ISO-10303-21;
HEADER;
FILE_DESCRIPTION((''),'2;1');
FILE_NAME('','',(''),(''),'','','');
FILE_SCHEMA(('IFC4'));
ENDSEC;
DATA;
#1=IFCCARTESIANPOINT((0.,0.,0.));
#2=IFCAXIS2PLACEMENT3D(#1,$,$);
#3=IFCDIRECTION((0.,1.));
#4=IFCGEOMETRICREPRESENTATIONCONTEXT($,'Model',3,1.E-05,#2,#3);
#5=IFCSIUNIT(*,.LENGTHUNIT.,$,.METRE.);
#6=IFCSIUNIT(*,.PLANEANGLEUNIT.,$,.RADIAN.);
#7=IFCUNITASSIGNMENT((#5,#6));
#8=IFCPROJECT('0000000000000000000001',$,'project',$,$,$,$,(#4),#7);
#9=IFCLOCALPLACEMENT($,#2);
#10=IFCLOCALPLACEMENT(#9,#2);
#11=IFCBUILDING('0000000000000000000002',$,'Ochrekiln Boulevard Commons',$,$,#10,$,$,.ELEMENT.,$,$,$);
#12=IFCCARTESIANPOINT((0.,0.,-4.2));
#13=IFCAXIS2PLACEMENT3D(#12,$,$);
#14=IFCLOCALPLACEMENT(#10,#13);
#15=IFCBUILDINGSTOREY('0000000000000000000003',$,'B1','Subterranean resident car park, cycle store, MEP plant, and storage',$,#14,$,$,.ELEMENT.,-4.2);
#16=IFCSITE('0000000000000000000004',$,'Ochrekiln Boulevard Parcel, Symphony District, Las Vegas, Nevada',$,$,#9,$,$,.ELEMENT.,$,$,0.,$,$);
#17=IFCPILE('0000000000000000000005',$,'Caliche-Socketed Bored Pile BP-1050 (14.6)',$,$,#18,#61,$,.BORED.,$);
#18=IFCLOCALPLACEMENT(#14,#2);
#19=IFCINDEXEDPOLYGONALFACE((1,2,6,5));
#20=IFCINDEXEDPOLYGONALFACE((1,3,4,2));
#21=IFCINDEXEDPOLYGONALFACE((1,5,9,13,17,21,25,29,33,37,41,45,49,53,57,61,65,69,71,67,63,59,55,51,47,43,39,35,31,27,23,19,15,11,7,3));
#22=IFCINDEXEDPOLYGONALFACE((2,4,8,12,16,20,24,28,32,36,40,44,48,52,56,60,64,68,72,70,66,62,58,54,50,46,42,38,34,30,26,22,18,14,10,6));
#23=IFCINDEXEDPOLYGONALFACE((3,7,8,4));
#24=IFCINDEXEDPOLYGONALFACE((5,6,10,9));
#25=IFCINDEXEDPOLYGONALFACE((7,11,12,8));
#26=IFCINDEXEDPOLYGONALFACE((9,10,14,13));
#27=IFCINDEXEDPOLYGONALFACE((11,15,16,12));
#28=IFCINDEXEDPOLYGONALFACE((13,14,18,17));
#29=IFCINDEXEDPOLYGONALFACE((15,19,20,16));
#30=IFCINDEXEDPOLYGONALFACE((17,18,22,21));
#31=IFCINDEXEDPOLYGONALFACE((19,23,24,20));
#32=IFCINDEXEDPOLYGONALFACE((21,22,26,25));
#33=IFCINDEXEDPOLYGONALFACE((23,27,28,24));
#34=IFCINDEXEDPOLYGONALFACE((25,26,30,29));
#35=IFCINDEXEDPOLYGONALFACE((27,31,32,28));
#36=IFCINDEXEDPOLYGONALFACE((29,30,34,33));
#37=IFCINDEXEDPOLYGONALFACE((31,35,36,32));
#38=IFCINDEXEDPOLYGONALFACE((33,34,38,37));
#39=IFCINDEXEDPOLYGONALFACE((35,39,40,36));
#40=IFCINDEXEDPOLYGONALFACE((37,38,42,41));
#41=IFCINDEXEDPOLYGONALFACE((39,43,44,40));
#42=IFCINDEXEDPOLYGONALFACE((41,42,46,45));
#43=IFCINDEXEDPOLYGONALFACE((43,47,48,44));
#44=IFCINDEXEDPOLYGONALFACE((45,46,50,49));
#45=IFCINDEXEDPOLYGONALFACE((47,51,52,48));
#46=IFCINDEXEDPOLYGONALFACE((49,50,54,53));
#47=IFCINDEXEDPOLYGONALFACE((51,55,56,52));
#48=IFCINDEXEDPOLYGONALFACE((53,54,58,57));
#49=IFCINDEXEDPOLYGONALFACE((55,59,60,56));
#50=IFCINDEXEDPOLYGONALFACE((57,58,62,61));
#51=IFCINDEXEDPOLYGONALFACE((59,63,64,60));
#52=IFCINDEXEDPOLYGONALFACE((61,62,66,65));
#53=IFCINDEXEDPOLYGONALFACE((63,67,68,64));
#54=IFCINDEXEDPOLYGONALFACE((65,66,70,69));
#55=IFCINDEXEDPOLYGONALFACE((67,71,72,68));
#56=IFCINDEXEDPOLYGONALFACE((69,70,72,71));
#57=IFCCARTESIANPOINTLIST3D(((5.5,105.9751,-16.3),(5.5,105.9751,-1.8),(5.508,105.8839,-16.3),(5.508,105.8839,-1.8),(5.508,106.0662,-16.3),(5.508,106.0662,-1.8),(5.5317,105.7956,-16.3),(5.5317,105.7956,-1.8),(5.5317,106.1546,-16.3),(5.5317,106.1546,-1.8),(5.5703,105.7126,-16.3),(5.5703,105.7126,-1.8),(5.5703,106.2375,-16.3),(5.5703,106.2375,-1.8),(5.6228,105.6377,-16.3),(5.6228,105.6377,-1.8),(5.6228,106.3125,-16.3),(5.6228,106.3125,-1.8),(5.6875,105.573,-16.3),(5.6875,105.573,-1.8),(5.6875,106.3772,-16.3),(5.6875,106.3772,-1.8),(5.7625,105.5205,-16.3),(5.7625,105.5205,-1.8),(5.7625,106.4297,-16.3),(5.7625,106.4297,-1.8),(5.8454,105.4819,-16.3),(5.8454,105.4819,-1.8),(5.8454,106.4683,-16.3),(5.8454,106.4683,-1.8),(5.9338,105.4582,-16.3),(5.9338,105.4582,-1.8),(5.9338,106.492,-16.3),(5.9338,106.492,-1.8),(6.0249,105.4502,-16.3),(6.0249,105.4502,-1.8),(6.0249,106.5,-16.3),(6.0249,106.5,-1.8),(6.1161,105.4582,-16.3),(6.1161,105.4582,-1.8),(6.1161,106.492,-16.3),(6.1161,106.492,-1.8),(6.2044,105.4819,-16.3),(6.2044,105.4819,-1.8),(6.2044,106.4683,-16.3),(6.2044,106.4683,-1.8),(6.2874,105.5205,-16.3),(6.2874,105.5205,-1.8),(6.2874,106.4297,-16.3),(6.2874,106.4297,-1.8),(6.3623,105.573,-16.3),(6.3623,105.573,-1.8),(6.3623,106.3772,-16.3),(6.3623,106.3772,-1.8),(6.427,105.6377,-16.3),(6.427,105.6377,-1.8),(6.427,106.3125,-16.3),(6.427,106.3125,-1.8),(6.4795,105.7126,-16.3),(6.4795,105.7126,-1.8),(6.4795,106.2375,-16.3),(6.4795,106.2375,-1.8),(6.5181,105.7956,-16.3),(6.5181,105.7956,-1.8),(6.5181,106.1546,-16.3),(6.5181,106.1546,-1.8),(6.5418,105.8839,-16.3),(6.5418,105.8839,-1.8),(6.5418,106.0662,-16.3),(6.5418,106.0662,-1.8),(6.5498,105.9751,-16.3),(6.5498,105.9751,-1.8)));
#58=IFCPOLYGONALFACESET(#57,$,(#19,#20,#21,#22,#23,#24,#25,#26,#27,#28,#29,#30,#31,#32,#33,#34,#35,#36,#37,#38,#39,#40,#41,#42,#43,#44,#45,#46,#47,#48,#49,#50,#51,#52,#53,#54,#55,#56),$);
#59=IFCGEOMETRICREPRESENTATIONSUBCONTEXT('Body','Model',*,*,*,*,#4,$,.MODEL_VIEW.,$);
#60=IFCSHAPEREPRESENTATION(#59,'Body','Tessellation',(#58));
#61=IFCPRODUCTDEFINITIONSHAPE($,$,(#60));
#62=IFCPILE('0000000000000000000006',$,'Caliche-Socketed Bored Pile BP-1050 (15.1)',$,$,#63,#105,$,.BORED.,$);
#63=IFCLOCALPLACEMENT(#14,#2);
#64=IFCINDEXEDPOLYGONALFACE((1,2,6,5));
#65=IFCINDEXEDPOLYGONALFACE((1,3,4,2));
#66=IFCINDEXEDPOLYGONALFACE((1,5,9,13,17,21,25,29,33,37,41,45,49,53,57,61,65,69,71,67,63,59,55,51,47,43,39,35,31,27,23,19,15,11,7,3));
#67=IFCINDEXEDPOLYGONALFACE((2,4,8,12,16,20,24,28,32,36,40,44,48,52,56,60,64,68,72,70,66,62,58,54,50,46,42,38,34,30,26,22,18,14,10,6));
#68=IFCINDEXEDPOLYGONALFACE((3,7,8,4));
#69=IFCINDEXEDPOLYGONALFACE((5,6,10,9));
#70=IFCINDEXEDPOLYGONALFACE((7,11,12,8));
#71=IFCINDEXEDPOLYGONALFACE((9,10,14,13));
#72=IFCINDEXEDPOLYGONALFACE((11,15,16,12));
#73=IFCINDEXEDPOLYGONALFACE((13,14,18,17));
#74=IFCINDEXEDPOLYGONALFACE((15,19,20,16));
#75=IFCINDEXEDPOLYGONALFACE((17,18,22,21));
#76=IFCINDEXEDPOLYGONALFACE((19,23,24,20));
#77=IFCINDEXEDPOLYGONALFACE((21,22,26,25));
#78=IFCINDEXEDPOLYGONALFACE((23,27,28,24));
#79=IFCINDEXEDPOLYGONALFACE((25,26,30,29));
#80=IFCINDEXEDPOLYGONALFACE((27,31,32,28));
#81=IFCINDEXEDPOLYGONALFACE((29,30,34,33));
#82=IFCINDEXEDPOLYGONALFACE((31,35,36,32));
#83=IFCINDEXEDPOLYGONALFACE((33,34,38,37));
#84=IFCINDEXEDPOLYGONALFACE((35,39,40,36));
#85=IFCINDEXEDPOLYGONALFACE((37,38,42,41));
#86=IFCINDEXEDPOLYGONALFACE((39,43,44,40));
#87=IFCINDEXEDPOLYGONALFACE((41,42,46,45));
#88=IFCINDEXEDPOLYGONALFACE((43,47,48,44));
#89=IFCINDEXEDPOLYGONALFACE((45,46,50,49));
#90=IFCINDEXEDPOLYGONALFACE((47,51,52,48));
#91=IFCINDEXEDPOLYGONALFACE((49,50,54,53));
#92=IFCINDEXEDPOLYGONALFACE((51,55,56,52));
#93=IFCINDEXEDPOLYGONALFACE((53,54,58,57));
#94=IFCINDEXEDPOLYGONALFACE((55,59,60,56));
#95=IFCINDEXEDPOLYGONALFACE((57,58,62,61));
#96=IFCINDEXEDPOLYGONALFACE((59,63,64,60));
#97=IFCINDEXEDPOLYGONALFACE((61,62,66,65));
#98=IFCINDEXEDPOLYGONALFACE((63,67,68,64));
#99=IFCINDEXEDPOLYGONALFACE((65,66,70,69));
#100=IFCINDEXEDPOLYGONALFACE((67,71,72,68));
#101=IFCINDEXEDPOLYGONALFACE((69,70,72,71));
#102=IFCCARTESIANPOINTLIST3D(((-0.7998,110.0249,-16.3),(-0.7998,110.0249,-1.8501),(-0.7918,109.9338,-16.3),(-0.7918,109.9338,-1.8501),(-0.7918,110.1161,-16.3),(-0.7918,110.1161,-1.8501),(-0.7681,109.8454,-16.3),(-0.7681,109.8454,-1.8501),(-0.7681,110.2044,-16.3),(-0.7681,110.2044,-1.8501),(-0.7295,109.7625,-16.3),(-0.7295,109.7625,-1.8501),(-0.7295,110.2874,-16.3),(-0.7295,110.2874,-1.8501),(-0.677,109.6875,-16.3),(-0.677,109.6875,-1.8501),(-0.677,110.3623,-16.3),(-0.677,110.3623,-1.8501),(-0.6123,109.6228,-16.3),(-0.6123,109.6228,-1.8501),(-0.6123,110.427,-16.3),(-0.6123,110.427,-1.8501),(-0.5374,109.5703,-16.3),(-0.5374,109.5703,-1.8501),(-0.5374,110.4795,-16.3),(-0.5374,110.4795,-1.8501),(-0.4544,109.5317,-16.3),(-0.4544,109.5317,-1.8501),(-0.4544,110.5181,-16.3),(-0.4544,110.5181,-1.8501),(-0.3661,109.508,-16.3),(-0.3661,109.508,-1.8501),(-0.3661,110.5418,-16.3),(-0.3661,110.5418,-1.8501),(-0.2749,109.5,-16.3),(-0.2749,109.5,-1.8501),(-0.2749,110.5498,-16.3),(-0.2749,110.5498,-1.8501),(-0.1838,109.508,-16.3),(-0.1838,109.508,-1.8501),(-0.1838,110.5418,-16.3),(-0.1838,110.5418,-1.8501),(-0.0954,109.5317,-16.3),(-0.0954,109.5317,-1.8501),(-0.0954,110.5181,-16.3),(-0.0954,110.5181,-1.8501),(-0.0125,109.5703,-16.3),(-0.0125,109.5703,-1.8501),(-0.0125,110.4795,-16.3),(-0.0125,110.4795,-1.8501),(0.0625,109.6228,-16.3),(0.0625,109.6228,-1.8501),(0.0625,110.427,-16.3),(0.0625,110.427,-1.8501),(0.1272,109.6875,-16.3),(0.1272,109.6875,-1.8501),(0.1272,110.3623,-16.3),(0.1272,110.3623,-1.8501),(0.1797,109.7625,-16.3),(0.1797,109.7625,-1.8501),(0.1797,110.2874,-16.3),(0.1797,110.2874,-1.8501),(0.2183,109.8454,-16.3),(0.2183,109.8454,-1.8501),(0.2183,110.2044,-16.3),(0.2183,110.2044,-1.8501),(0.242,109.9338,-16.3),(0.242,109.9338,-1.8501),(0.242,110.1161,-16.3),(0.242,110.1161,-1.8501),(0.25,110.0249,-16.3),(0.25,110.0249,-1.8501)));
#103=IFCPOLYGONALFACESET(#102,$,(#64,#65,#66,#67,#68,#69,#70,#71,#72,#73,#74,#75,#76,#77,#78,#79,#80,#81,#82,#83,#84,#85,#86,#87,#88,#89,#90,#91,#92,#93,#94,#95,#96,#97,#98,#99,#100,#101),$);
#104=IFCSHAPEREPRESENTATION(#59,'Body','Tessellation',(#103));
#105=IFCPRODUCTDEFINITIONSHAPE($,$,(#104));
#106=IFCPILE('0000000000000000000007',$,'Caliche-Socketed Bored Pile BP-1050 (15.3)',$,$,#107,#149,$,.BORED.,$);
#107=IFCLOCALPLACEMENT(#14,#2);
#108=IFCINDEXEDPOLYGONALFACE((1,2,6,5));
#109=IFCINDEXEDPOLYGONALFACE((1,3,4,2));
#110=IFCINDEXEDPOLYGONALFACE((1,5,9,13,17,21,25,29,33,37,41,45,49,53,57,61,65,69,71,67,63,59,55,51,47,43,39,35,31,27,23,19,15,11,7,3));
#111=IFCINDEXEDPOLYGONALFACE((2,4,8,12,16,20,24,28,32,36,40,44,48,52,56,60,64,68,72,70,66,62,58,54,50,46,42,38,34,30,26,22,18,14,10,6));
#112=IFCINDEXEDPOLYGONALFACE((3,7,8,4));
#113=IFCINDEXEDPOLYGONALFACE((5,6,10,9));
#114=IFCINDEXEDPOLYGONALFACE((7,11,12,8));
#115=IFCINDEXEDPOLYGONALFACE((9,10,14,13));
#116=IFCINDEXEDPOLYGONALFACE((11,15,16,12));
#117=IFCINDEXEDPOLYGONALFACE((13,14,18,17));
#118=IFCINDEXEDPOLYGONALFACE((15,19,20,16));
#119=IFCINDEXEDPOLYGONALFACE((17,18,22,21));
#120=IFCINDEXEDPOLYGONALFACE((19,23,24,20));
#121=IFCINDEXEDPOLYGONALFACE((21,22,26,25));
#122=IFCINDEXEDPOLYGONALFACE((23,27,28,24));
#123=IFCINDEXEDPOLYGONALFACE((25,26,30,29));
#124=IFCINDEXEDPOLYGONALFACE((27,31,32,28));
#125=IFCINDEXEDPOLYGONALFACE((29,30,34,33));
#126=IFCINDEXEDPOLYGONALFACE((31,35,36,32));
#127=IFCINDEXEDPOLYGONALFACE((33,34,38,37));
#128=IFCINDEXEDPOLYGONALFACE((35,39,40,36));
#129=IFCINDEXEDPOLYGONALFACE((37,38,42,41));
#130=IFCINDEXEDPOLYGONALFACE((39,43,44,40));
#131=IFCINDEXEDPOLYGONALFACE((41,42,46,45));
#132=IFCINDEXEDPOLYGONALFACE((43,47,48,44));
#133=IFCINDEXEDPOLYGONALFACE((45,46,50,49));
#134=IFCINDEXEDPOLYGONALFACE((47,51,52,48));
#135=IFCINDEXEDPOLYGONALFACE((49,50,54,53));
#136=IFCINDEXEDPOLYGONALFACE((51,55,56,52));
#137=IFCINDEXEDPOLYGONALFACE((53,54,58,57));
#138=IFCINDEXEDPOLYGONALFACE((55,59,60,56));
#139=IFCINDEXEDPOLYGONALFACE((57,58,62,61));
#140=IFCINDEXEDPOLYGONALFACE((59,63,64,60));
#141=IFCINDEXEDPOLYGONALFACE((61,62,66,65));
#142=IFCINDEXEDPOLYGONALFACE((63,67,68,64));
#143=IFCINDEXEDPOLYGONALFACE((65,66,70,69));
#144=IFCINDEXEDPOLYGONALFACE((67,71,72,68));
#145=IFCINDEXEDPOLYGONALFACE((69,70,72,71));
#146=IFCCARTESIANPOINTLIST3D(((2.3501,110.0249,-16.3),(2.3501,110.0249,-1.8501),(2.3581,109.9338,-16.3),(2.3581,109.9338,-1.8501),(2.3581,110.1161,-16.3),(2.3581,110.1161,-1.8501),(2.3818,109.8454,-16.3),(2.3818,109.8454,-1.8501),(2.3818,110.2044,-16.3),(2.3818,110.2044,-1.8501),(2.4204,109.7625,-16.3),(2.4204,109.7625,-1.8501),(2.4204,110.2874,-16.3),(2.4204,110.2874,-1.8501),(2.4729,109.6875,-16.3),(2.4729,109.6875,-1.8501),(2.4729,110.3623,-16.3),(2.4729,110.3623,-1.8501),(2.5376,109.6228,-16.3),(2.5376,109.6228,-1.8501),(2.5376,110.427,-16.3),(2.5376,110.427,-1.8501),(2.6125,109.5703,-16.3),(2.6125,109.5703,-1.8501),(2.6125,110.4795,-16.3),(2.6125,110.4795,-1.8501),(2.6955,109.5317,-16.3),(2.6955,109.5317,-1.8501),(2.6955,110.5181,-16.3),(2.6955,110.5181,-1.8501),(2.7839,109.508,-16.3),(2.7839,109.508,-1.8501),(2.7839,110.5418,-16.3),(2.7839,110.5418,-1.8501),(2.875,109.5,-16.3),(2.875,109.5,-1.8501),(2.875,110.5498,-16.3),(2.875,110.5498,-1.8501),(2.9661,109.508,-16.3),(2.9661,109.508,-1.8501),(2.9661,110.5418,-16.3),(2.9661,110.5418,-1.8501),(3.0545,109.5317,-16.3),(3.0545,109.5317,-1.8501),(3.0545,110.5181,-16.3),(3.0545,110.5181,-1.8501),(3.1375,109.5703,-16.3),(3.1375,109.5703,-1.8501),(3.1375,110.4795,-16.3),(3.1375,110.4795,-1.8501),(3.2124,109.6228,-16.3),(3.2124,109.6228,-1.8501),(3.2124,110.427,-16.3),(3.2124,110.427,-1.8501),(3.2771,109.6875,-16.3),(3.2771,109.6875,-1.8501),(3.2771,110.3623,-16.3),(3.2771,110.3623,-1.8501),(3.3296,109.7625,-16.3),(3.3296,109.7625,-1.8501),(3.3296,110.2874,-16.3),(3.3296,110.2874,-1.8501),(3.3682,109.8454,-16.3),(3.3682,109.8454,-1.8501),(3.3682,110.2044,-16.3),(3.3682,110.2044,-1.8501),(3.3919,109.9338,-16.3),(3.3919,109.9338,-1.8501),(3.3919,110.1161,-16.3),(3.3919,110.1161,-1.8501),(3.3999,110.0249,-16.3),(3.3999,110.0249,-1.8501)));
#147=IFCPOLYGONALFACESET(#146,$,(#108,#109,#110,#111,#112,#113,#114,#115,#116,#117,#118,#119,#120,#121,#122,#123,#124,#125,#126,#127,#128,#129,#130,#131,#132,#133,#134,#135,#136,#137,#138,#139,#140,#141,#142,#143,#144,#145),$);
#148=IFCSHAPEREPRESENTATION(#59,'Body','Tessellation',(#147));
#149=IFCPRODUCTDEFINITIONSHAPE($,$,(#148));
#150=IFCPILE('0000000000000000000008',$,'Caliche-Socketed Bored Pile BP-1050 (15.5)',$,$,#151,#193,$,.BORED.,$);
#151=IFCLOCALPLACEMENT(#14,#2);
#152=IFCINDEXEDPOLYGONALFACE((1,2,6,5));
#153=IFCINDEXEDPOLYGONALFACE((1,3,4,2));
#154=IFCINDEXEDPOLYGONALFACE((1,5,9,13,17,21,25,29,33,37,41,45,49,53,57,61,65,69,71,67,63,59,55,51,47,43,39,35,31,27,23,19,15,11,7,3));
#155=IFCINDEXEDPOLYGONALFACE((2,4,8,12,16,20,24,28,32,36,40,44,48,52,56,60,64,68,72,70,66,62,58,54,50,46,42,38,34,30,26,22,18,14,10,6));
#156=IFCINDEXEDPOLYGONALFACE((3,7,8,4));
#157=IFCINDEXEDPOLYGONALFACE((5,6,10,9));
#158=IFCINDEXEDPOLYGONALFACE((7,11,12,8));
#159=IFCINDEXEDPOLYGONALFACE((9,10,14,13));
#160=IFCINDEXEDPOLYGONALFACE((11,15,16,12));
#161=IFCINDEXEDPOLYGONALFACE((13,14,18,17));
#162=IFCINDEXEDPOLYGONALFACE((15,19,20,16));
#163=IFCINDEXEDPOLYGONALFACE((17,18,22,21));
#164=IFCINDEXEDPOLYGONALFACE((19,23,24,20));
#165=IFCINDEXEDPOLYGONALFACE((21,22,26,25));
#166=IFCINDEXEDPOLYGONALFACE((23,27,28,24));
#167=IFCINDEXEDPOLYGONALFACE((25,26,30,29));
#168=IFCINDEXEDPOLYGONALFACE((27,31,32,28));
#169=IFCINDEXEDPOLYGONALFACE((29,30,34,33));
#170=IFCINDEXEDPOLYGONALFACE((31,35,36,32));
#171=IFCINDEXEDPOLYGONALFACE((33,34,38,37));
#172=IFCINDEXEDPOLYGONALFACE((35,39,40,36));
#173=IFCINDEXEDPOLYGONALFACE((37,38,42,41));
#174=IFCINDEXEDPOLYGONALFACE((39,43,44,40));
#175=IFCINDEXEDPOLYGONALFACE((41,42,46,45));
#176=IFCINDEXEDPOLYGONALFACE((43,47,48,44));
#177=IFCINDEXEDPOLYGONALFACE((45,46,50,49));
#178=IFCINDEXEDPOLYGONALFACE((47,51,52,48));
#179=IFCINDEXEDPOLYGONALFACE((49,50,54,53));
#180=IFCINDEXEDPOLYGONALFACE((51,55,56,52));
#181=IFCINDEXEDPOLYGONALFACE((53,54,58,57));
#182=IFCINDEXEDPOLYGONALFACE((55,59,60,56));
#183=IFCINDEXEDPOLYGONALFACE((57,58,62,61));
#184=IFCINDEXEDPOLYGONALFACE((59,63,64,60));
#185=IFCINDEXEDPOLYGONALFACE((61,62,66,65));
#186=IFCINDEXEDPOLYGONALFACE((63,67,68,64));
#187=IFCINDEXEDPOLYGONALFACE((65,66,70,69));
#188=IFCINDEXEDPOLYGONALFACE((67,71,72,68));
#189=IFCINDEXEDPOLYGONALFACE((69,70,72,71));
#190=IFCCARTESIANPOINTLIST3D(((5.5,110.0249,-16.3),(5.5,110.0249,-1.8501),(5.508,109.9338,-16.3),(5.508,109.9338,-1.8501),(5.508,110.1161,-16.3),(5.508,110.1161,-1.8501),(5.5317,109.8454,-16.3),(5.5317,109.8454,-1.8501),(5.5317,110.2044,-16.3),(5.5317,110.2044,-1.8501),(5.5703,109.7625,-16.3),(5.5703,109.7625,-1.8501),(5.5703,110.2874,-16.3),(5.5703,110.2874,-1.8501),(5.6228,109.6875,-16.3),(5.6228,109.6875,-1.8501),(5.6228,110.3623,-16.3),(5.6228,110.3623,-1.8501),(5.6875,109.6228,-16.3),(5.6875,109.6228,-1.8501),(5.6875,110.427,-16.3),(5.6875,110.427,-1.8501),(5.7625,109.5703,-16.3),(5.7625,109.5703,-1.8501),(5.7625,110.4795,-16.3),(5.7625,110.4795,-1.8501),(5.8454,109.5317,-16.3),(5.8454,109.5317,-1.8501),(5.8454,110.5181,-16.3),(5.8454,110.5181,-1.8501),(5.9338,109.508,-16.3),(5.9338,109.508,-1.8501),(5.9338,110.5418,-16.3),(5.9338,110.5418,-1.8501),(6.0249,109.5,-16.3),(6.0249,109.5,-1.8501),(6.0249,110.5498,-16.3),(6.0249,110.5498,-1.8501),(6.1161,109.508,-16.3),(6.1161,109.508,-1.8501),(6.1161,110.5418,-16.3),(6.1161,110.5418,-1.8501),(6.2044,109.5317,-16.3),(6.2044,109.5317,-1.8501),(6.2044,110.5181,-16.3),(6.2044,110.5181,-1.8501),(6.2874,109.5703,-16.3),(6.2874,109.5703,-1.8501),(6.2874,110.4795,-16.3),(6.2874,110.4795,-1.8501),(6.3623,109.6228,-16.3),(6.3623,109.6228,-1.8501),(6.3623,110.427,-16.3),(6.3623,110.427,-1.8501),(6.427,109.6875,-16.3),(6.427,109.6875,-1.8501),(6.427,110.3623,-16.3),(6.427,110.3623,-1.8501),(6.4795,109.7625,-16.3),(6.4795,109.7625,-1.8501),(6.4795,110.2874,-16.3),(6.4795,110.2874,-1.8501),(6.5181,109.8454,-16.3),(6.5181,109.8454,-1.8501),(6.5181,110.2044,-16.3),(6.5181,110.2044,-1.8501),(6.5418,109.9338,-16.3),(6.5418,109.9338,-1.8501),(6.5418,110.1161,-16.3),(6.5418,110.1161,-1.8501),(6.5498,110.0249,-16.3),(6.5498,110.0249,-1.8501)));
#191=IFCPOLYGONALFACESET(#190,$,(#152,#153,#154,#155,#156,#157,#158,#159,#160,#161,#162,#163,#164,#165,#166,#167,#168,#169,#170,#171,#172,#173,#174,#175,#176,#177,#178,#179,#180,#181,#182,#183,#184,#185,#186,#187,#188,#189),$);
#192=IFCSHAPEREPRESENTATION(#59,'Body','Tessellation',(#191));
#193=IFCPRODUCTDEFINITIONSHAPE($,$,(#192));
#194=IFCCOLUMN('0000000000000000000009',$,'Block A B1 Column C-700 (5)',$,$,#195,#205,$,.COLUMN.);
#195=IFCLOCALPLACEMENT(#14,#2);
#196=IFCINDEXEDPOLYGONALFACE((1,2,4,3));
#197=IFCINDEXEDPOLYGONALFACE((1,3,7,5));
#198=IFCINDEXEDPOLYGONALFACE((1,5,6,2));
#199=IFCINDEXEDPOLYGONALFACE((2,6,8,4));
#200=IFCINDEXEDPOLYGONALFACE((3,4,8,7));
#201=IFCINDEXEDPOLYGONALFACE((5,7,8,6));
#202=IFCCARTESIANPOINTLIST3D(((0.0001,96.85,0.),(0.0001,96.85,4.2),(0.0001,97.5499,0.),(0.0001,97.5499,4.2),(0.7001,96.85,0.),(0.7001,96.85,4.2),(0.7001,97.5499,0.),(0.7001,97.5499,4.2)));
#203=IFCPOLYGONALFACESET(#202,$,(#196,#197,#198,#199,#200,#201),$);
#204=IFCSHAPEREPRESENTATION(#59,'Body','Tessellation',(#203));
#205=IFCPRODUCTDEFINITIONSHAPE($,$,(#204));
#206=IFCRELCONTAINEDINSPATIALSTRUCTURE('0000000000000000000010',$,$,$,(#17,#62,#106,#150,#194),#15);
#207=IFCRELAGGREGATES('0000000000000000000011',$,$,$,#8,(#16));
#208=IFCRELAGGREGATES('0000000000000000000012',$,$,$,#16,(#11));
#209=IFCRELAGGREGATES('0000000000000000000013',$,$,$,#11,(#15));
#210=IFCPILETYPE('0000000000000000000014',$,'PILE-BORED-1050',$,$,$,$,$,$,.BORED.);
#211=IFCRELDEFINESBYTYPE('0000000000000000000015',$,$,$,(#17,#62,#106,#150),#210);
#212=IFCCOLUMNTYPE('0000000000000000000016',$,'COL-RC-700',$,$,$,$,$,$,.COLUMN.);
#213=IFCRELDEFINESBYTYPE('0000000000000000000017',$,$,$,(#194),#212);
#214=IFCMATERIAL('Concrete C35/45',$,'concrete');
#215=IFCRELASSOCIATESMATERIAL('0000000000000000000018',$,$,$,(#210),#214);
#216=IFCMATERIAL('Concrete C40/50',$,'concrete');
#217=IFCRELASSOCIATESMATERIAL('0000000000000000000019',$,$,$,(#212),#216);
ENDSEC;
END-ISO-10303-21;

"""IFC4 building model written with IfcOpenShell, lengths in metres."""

from ifc_helpers import new_model, si_unit, direction, frame, origin, origin_2d, place, context, subcontext, project, spatial, rectangle, circle, extrude, material, material_profile, profile_set, type_object, element, save


model = new_model("IFC4")

# Units and contexts
model_context = context("Model", 3, precision=1e-05, world=origin(), true_north=direction((0.0, 1.0)))
body_context = subcontext(model_context, "Body", "Model", "MODEL_VIEW")
ifc_project = project(units=[si_unit("LENGTHUNIT", "METRE"), si_unit("PLANEANGLEUNIT", "RADIAN")], contexts=[model_context])

# Site, building, storey
site_placement = place(None, origin())
site = spatial("IfcSite", under=ifc_project, at=site_placement, Name="Ochrekiln Boulevard Parcel, Symphony District, Las Vegas, Nevada", CompositionType="ELEMENT", RefElevation=0.0)
building_placement = place(site_placement, origin())
building = spatial("IfcBuilding", under=site, at=building_placement, Name="Ochrekiln Boulevard Commons", CompositionType="ELEMENT")
storey_placement = place(building_placement, frame((0.0, 0.0, -4.2)))
storey = spatial("IfcBuildingStorey", under=building, at=storey_placement, Name="B1", Description="Subterranean resident car park, cycle store, MEP plant, and storage", CompositionType="ELEMENT", Elevation=-4.2)

# Shared definitions
ifc_material_1 = material(Name="Concrete C35/45", Category="concrete")

# Piles
ifc_material_profile_1 = material_profile(ifc_material_1, circle(Radius=0.5249, at=origin_2d()), Name="PILE-D1050")
ifc_profile_set_1 = profile_set([ifc_material_profile_1], Name="Concrete C35/45")
pile_type = type_object("IfcPileType", Name="PILE-BORED-1050", PredefinedType="BORED", material=ifc_profile_set_1)
for number, where, z_axis, x_axis, name in (
    (1, (6.0249, 105.9751, -1.8), (0.0, 0.0, -1.0), (1.0, 0.0, 0.0), "Caliche-Socketed Bored Pile BP-1050 (14.6)"),
):
    element("IfcPile", number, at=place(storey_placement, frame(where, z_axis=z_axis, x_axis=x_axis)), inside=storey, type_object=pile_type, Name=name, PredefinedType="BORED", context=body_context, shape_type="SweptSolid", body=[
        extrude(circle(Radius=0.5249, at=origin_2d()), origin(), (0.0, 0.0, 1.0), 14.5),
    ])
for number, where, z_axis, x_axis, name in (
    (2, (-0.2749, 110.0249, -1.8501), (0.0, 0.0, -1.0), (1.0, 0.0, 0.0), "Caliche-Socketed Bored Pile BP-1050 (15.1)"),
    (3, (2.875, 110.0249, -1.8501), (0.0, 0.0, -1.0), (1.0, 0.0, 0.0), "Caliche-Socketed Bored Pile BP-1050 (15.3)"),
    (4, (6.0249, 110.0249, -1.8501), (0.0, 0.0, -1.0), (1.0, 0.0, 0.0), "Caliche-Socketed Bored Pile BP-1050 (15.5)"),
):
    element("IfcPile", number, at=place(storey_placement, frame(where, z_axis=z_axis, x_axis=x_axis)), inside=storey, type_object=pile_type, Name=name, PredefinedType="BORED", context=body_context, shape_type="SweptSolid", body=[
        extrude(circle(Radius=0.5249, at=origin_2d()), origin(), (0.0, 0.0, 1.0), 14.45),
    ])

# Column
ifc_material_2 = material(Name="Concrete C40/50", Category="concrete")
ifc_material_profile_2 = material_profile(ifc_material_2, rectangle(XDim=0.7, YDim=0.7, at=origin_2d()), Name="RC-COL-700x700")
ifc_profile_set_2 = profile_set([ifc_material_profile_2], Name="Concrete C40/50")
column_type_1 = type_object("IfcColumnType", Name="COL-RC-700", PredefinedType="COLUMN", material=ifc_profile_set_2)
for number, where, z_axis, x_axis, name in (
    (5, (0.3501, 97.2, 0.0), (0.0, 0.0, 1.0), (1.0, 0.0, 0.0), "Block A B1 Column C-700 (5)"),
):
    element("IfcColumn", number, at=place(storey_placement, frame(where, z_axis=z_axis, x_axis=x_axis)), inside=storey, type_object=column_type_1, Name=name, PredefinedType="COLUMN", context=body_context, shape_type="SweptSolid", body=[
        extrude(rectangle(XDim=0.7, YDim=0.7, at=origin_2d()), origin(), (0.0, 0.0, 1.0), 4.2),
    ])

save(model, "model.ifc")
